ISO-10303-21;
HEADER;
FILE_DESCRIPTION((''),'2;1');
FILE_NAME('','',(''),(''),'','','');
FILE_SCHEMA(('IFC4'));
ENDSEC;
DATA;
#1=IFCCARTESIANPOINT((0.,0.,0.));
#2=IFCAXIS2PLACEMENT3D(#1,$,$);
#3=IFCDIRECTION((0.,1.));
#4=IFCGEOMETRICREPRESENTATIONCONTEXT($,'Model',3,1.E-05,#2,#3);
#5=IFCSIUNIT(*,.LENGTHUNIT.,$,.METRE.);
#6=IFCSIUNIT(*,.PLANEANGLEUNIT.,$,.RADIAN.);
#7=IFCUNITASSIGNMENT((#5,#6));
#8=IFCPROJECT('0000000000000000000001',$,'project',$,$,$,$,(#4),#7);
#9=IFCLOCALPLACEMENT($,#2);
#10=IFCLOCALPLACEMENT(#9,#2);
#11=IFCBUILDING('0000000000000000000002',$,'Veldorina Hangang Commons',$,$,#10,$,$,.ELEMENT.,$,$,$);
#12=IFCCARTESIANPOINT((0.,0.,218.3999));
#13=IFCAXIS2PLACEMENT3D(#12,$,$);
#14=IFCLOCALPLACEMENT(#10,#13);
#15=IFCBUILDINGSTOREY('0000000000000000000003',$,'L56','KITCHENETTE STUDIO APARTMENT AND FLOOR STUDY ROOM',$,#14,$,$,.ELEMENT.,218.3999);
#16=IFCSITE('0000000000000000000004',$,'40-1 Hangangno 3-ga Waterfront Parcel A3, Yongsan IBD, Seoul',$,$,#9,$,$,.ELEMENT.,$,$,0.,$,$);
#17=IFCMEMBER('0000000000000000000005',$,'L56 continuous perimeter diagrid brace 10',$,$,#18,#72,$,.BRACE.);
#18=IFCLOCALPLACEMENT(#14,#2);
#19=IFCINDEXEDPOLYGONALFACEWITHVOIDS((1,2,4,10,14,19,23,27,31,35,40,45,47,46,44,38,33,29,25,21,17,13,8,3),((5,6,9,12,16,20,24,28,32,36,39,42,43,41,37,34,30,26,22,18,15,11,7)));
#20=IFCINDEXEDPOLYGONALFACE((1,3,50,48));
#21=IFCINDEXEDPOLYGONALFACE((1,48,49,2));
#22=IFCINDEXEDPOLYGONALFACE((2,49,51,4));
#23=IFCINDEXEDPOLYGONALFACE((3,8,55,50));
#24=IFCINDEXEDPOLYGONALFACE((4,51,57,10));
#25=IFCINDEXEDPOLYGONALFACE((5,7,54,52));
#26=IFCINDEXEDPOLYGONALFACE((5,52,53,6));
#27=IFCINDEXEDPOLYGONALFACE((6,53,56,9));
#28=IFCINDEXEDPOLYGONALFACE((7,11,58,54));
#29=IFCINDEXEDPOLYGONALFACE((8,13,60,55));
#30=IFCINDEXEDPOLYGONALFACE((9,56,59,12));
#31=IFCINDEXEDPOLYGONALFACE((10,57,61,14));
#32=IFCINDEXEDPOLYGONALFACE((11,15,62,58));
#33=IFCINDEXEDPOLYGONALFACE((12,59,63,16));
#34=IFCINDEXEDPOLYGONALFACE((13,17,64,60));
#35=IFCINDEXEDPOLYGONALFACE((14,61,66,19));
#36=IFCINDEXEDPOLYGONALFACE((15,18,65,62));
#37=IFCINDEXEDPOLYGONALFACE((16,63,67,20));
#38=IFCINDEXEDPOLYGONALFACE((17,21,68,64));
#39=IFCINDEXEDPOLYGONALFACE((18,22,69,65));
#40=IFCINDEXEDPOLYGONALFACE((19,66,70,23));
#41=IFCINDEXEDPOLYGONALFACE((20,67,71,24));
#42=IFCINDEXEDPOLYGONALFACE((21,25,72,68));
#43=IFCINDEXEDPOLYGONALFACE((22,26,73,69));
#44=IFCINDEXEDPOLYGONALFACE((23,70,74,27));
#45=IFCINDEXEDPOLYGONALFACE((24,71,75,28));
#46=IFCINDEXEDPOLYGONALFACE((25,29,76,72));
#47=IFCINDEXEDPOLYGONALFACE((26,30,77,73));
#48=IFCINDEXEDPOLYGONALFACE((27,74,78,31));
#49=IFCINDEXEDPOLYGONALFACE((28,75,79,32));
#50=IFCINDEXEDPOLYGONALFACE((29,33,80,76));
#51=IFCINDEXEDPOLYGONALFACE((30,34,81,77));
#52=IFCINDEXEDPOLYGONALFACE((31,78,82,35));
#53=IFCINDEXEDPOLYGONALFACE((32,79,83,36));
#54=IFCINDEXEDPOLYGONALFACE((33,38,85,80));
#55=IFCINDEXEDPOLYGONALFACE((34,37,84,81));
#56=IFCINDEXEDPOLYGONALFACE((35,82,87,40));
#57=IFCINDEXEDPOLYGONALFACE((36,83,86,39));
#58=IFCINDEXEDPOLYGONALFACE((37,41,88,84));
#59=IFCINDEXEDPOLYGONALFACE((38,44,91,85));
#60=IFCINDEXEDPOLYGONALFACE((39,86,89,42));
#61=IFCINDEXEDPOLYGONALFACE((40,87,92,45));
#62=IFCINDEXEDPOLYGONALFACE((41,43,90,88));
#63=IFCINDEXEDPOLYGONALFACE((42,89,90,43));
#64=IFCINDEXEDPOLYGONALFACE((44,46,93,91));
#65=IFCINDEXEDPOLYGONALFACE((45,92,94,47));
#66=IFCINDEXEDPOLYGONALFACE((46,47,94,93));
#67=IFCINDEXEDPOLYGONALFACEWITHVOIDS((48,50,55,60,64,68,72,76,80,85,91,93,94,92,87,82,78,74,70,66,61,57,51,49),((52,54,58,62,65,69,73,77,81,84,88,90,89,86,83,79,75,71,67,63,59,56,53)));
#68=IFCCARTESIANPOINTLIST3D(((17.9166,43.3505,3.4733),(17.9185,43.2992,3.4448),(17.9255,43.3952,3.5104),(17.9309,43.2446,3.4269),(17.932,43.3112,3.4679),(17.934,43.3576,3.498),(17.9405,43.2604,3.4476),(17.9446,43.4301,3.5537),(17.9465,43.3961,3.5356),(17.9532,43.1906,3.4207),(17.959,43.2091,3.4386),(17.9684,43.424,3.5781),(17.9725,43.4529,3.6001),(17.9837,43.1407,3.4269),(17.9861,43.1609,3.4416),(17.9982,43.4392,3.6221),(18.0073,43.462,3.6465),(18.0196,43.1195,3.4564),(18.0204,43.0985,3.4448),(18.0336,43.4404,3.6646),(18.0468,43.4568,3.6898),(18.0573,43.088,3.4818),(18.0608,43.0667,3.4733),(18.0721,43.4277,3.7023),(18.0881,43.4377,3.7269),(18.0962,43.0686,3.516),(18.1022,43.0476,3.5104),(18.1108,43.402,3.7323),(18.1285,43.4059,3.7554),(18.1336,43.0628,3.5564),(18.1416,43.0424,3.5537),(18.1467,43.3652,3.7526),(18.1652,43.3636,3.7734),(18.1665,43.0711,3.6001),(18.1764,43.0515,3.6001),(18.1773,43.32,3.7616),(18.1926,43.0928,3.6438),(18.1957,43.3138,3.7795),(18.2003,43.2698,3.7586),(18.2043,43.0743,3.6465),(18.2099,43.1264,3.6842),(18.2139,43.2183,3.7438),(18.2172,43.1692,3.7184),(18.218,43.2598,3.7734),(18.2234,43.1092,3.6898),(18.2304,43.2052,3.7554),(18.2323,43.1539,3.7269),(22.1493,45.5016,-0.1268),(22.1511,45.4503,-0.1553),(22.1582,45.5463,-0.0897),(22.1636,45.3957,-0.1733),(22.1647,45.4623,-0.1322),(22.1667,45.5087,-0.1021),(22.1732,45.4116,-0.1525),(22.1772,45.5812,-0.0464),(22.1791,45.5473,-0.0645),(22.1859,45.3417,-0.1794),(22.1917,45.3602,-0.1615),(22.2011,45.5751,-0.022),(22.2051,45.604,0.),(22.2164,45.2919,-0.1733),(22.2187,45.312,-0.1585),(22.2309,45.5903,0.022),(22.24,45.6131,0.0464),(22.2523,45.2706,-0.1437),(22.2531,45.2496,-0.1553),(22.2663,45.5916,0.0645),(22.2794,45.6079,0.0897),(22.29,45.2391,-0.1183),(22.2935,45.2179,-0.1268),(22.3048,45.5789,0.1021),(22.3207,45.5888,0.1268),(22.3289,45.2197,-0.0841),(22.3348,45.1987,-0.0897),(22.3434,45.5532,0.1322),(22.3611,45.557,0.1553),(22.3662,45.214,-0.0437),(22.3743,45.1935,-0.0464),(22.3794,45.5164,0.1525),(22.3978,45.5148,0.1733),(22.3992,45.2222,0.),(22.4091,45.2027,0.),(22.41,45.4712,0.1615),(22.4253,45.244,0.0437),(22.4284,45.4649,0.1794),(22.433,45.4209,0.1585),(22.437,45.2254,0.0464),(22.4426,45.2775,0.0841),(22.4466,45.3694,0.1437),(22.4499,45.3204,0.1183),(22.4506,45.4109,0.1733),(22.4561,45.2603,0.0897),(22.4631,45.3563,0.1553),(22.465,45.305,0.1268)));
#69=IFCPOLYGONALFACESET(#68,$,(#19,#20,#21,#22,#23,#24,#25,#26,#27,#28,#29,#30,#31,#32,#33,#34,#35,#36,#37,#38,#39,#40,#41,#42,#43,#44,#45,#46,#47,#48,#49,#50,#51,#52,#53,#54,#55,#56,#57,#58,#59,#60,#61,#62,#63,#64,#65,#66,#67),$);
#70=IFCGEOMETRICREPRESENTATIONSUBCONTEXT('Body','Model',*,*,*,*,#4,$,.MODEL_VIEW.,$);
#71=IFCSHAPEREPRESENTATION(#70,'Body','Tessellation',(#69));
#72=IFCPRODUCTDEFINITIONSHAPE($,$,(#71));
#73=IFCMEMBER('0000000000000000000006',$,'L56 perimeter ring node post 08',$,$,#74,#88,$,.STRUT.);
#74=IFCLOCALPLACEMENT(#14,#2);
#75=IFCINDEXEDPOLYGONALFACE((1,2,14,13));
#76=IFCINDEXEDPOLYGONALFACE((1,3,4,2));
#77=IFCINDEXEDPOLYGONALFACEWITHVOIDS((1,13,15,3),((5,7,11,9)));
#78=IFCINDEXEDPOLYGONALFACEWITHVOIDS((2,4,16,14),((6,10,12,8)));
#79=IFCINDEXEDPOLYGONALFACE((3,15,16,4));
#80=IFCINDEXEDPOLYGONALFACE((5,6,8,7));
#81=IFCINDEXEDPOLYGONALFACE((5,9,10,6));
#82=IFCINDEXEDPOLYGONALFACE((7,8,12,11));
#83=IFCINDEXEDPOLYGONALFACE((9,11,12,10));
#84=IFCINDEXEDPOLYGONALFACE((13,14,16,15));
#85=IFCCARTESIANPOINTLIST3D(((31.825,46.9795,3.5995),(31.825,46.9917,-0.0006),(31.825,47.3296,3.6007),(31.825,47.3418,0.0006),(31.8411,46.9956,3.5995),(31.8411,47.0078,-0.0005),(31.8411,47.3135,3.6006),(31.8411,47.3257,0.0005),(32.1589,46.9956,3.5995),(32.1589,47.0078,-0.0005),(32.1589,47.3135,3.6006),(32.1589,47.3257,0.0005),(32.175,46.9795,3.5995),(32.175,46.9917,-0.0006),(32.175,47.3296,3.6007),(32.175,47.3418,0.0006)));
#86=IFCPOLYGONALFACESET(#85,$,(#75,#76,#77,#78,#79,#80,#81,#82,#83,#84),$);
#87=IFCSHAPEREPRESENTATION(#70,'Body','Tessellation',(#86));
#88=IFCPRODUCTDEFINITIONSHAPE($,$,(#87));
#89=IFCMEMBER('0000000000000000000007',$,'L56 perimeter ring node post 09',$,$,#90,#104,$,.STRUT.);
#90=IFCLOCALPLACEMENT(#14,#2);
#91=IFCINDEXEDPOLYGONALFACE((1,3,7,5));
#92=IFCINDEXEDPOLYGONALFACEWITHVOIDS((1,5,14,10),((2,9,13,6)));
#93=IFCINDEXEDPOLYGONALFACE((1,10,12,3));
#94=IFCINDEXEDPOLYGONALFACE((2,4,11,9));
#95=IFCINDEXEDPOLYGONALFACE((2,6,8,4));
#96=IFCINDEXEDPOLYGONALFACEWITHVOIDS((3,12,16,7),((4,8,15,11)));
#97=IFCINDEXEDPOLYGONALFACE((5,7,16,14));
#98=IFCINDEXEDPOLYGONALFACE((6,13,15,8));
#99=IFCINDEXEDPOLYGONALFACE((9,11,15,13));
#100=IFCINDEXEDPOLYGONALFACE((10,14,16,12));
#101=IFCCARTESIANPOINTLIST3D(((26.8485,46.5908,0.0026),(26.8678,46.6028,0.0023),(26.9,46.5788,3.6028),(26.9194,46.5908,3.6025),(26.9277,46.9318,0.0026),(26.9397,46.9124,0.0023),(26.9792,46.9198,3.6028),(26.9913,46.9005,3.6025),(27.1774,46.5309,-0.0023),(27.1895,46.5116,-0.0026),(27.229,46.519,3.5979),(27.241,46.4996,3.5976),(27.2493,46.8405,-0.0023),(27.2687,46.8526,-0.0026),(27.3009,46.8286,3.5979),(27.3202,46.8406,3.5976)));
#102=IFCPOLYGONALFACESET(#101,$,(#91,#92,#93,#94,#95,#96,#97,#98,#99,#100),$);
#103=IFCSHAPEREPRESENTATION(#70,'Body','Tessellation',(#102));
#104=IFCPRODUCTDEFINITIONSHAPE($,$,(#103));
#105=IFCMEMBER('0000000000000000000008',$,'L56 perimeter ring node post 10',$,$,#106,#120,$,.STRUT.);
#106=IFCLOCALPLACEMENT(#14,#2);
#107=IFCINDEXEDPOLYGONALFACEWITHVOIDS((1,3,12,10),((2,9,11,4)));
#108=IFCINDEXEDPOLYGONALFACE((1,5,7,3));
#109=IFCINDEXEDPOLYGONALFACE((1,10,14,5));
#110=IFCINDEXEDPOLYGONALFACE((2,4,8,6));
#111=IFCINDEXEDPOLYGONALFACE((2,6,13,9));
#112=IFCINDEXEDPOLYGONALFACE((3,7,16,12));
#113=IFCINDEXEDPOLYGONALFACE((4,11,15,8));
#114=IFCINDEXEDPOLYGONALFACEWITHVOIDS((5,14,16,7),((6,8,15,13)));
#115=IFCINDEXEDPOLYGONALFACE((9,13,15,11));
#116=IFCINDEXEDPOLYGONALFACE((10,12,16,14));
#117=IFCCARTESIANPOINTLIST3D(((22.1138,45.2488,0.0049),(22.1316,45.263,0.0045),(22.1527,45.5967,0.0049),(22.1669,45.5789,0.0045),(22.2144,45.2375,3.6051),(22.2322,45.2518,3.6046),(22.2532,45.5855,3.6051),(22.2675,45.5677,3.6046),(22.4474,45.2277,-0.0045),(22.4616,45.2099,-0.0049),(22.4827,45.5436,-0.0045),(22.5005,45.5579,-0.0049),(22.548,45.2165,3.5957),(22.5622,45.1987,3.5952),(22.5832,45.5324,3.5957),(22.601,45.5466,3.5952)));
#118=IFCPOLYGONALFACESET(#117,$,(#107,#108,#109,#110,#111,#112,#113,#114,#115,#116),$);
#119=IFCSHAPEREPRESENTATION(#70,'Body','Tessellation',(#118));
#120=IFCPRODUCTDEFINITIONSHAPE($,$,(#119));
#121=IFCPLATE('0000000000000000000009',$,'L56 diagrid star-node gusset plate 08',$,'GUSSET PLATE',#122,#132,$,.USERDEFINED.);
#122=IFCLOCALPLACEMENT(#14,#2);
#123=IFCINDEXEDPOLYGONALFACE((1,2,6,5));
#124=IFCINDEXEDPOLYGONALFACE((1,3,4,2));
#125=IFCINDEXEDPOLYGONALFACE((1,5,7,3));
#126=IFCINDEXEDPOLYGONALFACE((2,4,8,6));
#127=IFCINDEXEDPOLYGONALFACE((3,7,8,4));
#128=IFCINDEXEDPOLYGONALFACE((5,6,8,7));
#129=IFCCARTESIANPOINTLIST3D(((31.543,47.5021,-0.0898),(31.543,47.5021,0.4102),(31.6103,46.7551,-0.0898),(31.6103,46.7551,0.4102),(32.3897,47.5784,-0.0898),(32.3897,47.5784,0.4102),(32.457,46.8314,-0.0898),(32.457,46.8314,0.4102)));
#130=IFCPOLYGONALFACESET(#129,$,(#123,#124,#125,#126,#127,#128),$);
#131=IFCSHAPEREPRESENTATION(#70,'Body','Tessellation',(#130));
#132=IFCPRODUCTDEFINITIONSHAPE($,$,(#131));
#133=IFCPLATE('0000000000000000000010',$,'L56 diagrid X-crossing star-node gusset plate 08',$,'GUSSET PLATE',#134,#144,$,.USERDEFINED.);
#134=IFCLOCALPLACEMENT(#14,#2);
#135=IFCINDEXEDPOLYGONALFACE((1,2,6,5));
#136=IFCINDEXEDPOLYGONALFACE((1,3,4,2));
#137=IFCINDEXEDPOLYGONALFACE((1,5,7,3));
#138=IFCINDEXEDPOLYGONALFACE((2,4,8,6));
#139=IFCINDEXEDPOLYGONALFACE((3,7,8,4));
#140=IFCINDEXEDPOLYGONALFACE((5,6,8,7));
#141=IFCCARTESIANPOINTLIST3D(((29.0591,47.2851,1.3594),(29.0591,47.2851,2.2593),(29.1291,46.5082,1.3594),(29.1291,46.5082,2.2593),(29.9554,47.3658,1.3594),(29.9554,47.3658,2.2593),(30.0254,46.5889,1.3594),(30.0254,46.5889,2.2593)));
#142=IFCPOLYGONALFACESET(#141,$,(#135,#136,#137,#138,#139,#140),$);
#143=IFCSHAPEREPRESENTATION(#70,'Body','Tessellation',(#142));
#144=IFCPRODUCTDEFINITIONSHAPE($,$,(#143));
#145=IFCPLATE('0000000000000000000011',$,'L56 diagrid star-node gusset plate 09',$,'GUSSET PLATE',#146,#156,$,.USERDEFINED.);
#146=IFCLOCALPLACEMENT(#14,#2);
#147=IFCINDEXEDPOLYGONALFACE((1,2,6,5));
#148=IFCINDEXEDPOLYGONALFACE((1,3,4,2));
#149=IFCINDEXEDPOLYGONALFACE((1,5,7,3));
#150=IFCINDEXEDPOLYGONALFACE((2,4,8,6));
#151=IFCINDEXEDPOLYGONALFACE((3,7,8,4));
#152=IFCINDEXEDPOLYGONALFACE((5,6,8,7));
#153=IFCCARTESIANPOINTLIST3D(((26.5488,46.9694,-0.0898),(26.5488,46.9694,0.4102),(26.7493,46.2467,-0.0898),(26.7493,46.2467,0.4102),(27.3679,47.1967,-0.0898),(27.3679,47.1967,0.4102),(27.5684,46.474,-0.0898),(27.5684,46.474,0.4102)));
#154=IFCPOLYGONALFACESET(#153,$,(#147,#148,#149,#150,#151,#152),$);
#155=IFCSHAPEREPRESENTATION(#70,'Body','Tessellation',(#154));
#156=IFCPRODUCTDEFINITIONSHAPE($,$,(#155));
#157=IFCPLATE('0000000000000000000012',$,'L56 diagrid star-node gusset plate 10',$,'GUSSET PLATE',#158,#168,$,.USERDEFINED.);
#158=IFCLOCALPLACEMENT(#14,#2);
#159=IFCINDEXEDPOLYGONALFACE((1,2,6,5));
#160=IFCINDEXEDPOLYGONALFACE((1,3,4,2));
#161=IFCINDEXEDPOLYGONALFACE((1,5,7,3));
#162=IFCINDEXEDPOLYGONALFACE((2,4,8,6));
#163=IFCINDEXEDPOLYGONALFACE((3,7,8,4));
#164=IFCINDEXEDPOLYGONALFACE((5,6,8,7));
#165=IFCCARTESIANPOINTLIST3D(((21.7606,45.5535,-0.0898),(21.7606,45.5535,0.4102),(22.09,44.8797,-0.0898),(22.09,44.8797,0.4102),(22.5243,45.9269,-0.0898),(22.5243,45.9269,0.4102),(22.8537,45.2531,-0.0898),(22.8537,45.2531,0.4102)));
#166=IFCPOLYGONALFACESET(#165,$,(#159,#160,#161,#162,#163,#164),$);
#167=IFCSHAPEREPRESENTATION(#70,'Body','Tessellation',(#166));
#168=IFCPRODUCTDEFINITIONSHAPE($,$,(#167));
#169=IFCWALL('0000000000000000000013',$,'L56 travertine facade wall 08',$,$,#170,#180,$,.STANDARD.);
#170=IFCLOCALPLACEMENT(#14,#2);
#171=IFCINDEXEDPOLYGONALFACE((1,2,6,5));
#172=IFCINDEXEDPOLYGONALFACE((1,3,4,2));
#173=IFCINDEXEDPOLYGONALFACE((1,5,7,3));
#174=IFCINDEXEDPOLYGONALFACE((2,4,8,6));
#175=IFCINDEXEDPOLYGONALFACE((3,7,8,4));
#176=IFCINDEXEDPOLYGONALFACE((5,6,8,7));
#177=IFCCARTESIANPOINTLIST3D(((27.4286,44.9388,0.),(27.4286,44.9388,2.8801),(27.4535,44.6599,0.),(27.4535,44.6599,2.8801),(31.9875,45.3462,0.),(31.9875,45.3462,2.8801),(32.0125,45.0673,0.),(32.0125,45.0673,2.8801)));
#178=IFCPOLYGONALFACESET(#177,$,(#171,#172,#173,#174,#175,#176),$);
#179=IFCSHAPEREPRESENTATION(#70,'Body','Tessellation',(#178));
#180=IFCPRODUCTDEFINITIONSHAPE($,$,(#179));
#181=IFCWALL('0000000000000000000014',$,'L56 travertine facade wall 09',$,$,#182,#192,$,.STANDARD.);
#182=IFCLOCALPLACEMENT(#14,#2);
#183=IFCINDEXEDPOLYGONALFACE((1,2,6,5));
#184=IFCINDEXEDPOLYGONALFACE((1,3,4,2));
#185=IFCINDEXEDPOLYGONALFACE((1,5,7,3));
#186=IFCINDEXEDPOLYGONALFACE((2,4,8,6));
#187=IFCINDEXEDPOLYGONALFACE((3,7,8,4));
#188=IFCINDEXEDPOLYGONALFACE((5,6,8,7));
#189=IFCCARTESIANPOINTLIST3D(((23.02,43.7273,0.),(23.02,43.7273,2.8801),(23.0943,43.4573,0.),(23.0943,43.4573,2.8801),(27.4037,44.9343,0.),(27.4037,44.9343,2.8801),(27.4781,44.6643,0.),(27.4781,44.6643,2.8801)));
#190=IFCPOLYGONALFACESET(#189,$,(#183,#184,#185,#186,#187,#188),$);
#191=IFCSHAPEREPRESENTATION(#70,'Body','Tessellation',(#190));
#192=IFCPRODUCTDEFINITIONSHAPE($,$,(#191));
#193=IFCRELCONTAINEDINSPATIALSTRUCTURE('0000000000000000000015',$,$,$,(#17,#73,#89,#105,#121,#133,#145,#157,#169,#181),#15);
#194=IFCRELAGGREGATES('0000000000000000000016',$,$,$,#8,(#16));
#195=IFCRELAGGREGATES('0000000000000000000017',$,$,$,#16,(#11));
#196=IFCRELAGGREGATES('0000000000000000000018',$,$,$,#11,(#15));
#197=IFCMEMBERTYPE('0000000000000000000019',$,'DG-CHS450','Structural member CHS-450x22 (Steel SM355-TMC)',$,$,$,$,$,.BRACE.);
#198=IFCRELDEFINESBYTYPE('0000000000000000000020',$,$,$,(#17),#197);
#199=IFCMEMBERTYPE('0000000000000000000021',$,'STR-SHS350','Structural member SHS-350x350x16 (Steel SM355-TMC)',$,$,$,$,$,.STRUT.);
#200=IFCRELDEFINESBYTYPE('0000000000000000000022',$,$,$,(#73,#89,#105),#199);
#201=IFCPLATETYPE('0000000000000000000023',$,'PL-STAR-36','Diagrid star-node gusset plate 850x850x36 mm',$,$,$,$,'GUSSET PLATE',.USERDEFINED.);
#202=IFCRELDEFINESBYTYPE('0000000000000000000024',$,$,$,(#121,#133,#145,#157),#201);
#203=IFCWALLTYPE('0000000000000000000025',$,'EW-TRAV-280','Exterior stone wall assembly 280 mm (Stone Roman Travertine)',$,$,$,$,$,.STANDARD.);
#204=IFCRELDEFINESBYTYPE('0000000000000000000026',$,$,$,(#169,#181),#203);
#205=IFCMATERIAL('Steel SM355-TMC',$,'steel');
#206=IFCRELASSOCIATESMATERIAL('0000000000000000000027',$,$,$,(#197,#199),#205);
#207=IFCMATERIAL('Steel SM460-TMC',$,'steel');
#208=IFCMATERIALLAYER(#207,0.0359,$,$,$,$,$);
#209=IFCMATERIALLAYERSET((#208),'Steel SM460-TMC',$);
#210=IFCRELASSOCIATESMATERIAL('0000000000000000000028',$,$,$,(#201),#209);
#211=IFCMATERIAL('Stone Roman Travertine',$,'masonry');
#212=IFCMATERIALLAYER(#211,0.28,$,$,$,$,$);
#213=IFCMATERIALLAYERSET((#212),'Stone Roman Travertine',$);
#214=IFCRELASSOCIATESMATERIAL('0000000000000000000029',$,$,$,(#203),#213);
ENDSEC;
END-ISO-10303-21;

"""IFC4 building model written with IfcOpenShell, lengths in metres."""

from ifc_helpers import new_model, si_unit, direction, frame, frame_2d, origin, origin_2d, place, context, subcontext, project, spatial, rectangle, hollow_rectangle, hollow_circle, extrude, material, layer, layer_set, material_profile, profile_set, type_object, element, save


model = new_model("IFC4")

# Units and contexts
model_context = context("Model", 3, precision=1e-05, world=origin(), true_north=direction((0.0, 1.0)))
body_context = subcontext(model_context, "Body", "Model", "MODEL_VIEW")
ifc_project = project(units=[si_unit("LENGTHUNIT", "METRE"), si_unit("PLANEANGLEUNIT", "RADIAN")], contexts=[model_context])

# Site, building, storey
site_placement = place(None, origin())
site = spatial("IfcSite", under=ifc_project, at=site_placement, Name="40-1 Hangangno 3-ga Waterfront Parcel A3, Yongsan IBD, Seoul", CompositionType="ELEMENT", RefElevation=0.0)
building_placement = place(site_placement, origin())
building = spatial("IfcBuilding", under=site, at=building_placement, Name="Veldorina Hangang Commons", CompositionType="ELEMENT")
storey_placement = place(building_placement, frame((0.0, 0.0, 218.3999)))
storey = spatial("IfcBuildingStorey", under=building, at=storey_placement, Name="L56", Description="KITCHENETTE STUDIO APARTMENT AND FLOOR STUDY ROOM", CompositionType="ELEMENT", Elevation=218.3999)

# Shared definitions
ifc_material_1 = material(Name="Steel SM355-TMC", Category="steel")

# Members
ifc_material_profile_1 = material_profile(ifc_material_1, hollow_circle(Radius=0.2251, WallThickness=0.022, at=origin_2d()), Name="CHS-450x22")
ifc_profile_set_1 = profile_set([ifc_material_profile_1], Name="Steel SM355-TMC")
member_type_1 = type_object("IfcMemberType", Name="DG-CHS450", Description="Structural member CHS-450x22 (Steel SM355-TMC)", PredefinedType="BRACE", material=ifc_profile_set_1)
member_1_placement = place(storey_placement, frame((22.3071, 45.4033, 0.0), z_axis=(-0.71036, -0.361019, 0.604197), x_axis=(0.453066, -0.891477, 0.0)))
element("IfcMember", 1, at=member_1_placement, inside=storey, type_object=member_type_1, Name="L56 continuous perimeter diagrid brace 10", PredefinedType="BRACE", context=body_context, shape_type="SweptSolid", body=[
    extrude(hollow_circle(Radius=0.2251, WallThickness=0.022, at=origin_2d()), origin(), (0.0, 0.0, 1.0), 5.9585),
])
ifc_material_profile_2 = material_profile(ifc_material_1, hollow_rectangle(XDim=0.3501, YDim=0.3501, WallThickness=0.0161, at=origin_2d()), Name="SHS-350x350x16")
ifc_profile_set_2 = profile_set([ifc_material_profile_2], Name="Steel SM355-TMC")
member_type_2 = type_object("IfcMemberType", Name="STR-SHS350", Description="Structural member SHS-350x350x16 (Steel SM355-TMC)", PredefinedType="STRUT", material=ifc_profile_set_2)
member_2_placement = place(storey_placement, frame((32.0, 47.1667, 0.0), z_axis=(0.0, -0.003391, 0.999994), x_axis=(1.0, 0.0, 0.0)))
element("IfcMember", 2, at=member_2_placement, inside=storey, type_object=member_type_2, Name="L56 perimeter ring node post 08", PredefinedType="STRUT", context=body_context, shape_type="SweptSolid", body=[
    extrude(hollow_rectangle(XDim=0.3501, YDim=0.3501, WallThickness=0.0161, at=origin_2d()), origin(), (0.0, 0.0, 1.0), 3.6001),
])
member_3_placement = place(storey_placement, frame((27.0586, 46.7217, 0.0), z_axis=(0.014307, -0.003323, 0.999892), x_axis=(0.226208, 0.974079, 0.0)))
element("IfcMember", 3, at=member_3_placement, inside=storey, type_object=member_type_2, Name="L56 perimeter ring node post 09", PredefinedType="STRUT", context=body_context, shape_type="SweptSolid", body=[
    extrude(hollow_rectangle(XDim=0.3501, YDim=0.3501, WallThickness=0.0161, at=origin_2d()), origin(), (0.0, 0.0, 1.0), 3.6006),
])
member_4_placement = place(storey_placement, frame((22.3071, 45.4033, 0.0), z_axis=(0.027929, -0.003118, 0.999605), x_axis=(0.110961, 0.993825, 0.0)))
element("IfcMember", 4, at=member_4_placement, inside=storey, type_object=member_type_2, Name="L56 perimeter ring node post 10", PredefinedType="STRUT", context=body_context, shape_type="SweptSolid", body=[
    extrude(hollow_rectangle(XDim=0.3501, YDim=0.3501, WallThickness=0.0161, at=origin_2d()), origin(), (0.0, 0.0, 1.0), 3.6016),
])

# Plates
ifc_material_2 = material(Name="Steel SM460-TMC", Category="steel")
ifc_layer_1 = layer(ifc_material_2, 0.0359)
ifc_layer_set_1 = layer_set([ifc_layer_1], Name="Steel SM460-TMC")
plate_type = type_object("IfcPlateType", Name="PL-STAR-36", Description="Diagrid star-node gusset plate 850x850x36 mm", ElementType="GUSSET PLATE", PredefinedType="USERDEFINED", material=ifc_layer_set_1)
plate_1_placement = place(storey_placement, frame((32.0, 47.1667, -0.0898), z_axis=(0.0, 0.0, 1.0), x_axis=(-0.995968, -0.089711, 0.0)))
element("IfcPlate", 5, at=plate_1_placement, inside=storey, type_object=plate_type, Name="L56 diagrid star-node gusset plate 08", ObjectType="GUSSET PLATE", PredefinedType="USERDEFINED", context=body_context, shape_type="SweptSolid", body=[
    extrude(rectangle(XDim=0.8501, YDim=0.75, at=origin_2d()), origin(), (0.0, 0.0, 1.0), 0.5),
])
plate_2_placement = place(storey_placement, frame((29.5422, 46.937, 1.3594), z_axis=(0.0, 0.0, 1.0), x_axis=(-0.995968, -0.089711, 0.0)))
element("IfcPlate", 6, at=plate_2_placement, inside=storey, type_object=plate_type, Name="L56 diagrid X-crossing star-node gusset plate 08", ObjectType="GUSSET PLATE", PredefinedType="USERDEFINED", context=body_context, shape_type="SweptSolid", body=[
    extrude(rectangle(XDim=0.8999, YDim=0.78, at=origin_2d()), origin(), (0.0, 0.0, 1.0), 0.8999),
])
for number, where, z_axis, x_axis, name in (
    (7, (27.0586, 46.7217, -0.0898), (0.0, 0.0, 1.0), (-0.963593, -0.267373, 0.0), "L56 diagrid star-node gusset plate 09"),
    (8, (22.3071, 45.4033, -0.0898), (0.0, 0.0, 1.0), (-0.898388, -0.439202, 0.0), "L56 diagrid star-node gusset plate 10"),
):
    element("IfcPlate", number, at=place(storey_placement, frame(where, z_axis=z_axis, x_axis=x_axis)), inside=storey, type_object=plate_type, Name=name, ObjectType="GUSSET PLATE", PredefinedType="USERDEFINED", context=body_context, shape_type="SweptSolid", body=[
        extrude(rectangle(XDim=0.8501, YDim=0.75, at=origin_2d()), origin(), (0.0, 0.0, 1.0), 0.5),
    ])

# Walls
ifc_material_3 = material(Name="Stone Roman Travertine", Category="masonry")
ifc_layer_2 = layer(ifc_material_3, 0.28)
ifc_layer_set_2 = layer_set([ifc_layer_2], Name="Stone Roman Travertine")
wall_type_1 = type_object("IfcWallType", Name="EW-TRAV-280", Description="Exterior stone wall assembly 280 mm (Stone Roman Travertine)", PredefinedType="STANDARD", material=ifc_layer_set_2)
wall_1_placement = place(storey_placement, frame((32.0, 45.2068, 0.0), z_axis=(0.0, 0.0, 1.0), x_axis=(-0.99603, -0.089021, 0.0)))
element("IfcWall", 9, at=wall_1_placement, inside=storey, type_object=wall_type_1, Name="L56 travertine facade wall 08", PredefinedType="STANDARD", context=body_context, shape_type="SweptSolid", body=[
    extrude(rectangle(XDim=4.5771, YDim=0.28, at=frame_2d((2.2886, 0.0))), origin(), (0.0, 0.0, 1.0), 2.8801),
])
wall_2_placement = place(storey_placement, frame((27.4409, 44.7993, 0.0), z_axis=(0.0, 0.0, 1.0), x_axis=(-0.964122, -0.265461, 0.0)))
element("IfcWall", 10, at=wall_2_placement, inside=storey, type_object=wall_type_1, Name="L56 travertine facade wall 09", PredefinedType="STANDARD", context=body_context, shape_type="SweptSolid", body=[
    extrude(rectangle(XDim=4.5469, YDim=0.28, at=frame_2d((2.2734, 0.0))), origin(), (0.0, 0.0, 1.0), 2.8801),
])

save(model, "model.ifc")
